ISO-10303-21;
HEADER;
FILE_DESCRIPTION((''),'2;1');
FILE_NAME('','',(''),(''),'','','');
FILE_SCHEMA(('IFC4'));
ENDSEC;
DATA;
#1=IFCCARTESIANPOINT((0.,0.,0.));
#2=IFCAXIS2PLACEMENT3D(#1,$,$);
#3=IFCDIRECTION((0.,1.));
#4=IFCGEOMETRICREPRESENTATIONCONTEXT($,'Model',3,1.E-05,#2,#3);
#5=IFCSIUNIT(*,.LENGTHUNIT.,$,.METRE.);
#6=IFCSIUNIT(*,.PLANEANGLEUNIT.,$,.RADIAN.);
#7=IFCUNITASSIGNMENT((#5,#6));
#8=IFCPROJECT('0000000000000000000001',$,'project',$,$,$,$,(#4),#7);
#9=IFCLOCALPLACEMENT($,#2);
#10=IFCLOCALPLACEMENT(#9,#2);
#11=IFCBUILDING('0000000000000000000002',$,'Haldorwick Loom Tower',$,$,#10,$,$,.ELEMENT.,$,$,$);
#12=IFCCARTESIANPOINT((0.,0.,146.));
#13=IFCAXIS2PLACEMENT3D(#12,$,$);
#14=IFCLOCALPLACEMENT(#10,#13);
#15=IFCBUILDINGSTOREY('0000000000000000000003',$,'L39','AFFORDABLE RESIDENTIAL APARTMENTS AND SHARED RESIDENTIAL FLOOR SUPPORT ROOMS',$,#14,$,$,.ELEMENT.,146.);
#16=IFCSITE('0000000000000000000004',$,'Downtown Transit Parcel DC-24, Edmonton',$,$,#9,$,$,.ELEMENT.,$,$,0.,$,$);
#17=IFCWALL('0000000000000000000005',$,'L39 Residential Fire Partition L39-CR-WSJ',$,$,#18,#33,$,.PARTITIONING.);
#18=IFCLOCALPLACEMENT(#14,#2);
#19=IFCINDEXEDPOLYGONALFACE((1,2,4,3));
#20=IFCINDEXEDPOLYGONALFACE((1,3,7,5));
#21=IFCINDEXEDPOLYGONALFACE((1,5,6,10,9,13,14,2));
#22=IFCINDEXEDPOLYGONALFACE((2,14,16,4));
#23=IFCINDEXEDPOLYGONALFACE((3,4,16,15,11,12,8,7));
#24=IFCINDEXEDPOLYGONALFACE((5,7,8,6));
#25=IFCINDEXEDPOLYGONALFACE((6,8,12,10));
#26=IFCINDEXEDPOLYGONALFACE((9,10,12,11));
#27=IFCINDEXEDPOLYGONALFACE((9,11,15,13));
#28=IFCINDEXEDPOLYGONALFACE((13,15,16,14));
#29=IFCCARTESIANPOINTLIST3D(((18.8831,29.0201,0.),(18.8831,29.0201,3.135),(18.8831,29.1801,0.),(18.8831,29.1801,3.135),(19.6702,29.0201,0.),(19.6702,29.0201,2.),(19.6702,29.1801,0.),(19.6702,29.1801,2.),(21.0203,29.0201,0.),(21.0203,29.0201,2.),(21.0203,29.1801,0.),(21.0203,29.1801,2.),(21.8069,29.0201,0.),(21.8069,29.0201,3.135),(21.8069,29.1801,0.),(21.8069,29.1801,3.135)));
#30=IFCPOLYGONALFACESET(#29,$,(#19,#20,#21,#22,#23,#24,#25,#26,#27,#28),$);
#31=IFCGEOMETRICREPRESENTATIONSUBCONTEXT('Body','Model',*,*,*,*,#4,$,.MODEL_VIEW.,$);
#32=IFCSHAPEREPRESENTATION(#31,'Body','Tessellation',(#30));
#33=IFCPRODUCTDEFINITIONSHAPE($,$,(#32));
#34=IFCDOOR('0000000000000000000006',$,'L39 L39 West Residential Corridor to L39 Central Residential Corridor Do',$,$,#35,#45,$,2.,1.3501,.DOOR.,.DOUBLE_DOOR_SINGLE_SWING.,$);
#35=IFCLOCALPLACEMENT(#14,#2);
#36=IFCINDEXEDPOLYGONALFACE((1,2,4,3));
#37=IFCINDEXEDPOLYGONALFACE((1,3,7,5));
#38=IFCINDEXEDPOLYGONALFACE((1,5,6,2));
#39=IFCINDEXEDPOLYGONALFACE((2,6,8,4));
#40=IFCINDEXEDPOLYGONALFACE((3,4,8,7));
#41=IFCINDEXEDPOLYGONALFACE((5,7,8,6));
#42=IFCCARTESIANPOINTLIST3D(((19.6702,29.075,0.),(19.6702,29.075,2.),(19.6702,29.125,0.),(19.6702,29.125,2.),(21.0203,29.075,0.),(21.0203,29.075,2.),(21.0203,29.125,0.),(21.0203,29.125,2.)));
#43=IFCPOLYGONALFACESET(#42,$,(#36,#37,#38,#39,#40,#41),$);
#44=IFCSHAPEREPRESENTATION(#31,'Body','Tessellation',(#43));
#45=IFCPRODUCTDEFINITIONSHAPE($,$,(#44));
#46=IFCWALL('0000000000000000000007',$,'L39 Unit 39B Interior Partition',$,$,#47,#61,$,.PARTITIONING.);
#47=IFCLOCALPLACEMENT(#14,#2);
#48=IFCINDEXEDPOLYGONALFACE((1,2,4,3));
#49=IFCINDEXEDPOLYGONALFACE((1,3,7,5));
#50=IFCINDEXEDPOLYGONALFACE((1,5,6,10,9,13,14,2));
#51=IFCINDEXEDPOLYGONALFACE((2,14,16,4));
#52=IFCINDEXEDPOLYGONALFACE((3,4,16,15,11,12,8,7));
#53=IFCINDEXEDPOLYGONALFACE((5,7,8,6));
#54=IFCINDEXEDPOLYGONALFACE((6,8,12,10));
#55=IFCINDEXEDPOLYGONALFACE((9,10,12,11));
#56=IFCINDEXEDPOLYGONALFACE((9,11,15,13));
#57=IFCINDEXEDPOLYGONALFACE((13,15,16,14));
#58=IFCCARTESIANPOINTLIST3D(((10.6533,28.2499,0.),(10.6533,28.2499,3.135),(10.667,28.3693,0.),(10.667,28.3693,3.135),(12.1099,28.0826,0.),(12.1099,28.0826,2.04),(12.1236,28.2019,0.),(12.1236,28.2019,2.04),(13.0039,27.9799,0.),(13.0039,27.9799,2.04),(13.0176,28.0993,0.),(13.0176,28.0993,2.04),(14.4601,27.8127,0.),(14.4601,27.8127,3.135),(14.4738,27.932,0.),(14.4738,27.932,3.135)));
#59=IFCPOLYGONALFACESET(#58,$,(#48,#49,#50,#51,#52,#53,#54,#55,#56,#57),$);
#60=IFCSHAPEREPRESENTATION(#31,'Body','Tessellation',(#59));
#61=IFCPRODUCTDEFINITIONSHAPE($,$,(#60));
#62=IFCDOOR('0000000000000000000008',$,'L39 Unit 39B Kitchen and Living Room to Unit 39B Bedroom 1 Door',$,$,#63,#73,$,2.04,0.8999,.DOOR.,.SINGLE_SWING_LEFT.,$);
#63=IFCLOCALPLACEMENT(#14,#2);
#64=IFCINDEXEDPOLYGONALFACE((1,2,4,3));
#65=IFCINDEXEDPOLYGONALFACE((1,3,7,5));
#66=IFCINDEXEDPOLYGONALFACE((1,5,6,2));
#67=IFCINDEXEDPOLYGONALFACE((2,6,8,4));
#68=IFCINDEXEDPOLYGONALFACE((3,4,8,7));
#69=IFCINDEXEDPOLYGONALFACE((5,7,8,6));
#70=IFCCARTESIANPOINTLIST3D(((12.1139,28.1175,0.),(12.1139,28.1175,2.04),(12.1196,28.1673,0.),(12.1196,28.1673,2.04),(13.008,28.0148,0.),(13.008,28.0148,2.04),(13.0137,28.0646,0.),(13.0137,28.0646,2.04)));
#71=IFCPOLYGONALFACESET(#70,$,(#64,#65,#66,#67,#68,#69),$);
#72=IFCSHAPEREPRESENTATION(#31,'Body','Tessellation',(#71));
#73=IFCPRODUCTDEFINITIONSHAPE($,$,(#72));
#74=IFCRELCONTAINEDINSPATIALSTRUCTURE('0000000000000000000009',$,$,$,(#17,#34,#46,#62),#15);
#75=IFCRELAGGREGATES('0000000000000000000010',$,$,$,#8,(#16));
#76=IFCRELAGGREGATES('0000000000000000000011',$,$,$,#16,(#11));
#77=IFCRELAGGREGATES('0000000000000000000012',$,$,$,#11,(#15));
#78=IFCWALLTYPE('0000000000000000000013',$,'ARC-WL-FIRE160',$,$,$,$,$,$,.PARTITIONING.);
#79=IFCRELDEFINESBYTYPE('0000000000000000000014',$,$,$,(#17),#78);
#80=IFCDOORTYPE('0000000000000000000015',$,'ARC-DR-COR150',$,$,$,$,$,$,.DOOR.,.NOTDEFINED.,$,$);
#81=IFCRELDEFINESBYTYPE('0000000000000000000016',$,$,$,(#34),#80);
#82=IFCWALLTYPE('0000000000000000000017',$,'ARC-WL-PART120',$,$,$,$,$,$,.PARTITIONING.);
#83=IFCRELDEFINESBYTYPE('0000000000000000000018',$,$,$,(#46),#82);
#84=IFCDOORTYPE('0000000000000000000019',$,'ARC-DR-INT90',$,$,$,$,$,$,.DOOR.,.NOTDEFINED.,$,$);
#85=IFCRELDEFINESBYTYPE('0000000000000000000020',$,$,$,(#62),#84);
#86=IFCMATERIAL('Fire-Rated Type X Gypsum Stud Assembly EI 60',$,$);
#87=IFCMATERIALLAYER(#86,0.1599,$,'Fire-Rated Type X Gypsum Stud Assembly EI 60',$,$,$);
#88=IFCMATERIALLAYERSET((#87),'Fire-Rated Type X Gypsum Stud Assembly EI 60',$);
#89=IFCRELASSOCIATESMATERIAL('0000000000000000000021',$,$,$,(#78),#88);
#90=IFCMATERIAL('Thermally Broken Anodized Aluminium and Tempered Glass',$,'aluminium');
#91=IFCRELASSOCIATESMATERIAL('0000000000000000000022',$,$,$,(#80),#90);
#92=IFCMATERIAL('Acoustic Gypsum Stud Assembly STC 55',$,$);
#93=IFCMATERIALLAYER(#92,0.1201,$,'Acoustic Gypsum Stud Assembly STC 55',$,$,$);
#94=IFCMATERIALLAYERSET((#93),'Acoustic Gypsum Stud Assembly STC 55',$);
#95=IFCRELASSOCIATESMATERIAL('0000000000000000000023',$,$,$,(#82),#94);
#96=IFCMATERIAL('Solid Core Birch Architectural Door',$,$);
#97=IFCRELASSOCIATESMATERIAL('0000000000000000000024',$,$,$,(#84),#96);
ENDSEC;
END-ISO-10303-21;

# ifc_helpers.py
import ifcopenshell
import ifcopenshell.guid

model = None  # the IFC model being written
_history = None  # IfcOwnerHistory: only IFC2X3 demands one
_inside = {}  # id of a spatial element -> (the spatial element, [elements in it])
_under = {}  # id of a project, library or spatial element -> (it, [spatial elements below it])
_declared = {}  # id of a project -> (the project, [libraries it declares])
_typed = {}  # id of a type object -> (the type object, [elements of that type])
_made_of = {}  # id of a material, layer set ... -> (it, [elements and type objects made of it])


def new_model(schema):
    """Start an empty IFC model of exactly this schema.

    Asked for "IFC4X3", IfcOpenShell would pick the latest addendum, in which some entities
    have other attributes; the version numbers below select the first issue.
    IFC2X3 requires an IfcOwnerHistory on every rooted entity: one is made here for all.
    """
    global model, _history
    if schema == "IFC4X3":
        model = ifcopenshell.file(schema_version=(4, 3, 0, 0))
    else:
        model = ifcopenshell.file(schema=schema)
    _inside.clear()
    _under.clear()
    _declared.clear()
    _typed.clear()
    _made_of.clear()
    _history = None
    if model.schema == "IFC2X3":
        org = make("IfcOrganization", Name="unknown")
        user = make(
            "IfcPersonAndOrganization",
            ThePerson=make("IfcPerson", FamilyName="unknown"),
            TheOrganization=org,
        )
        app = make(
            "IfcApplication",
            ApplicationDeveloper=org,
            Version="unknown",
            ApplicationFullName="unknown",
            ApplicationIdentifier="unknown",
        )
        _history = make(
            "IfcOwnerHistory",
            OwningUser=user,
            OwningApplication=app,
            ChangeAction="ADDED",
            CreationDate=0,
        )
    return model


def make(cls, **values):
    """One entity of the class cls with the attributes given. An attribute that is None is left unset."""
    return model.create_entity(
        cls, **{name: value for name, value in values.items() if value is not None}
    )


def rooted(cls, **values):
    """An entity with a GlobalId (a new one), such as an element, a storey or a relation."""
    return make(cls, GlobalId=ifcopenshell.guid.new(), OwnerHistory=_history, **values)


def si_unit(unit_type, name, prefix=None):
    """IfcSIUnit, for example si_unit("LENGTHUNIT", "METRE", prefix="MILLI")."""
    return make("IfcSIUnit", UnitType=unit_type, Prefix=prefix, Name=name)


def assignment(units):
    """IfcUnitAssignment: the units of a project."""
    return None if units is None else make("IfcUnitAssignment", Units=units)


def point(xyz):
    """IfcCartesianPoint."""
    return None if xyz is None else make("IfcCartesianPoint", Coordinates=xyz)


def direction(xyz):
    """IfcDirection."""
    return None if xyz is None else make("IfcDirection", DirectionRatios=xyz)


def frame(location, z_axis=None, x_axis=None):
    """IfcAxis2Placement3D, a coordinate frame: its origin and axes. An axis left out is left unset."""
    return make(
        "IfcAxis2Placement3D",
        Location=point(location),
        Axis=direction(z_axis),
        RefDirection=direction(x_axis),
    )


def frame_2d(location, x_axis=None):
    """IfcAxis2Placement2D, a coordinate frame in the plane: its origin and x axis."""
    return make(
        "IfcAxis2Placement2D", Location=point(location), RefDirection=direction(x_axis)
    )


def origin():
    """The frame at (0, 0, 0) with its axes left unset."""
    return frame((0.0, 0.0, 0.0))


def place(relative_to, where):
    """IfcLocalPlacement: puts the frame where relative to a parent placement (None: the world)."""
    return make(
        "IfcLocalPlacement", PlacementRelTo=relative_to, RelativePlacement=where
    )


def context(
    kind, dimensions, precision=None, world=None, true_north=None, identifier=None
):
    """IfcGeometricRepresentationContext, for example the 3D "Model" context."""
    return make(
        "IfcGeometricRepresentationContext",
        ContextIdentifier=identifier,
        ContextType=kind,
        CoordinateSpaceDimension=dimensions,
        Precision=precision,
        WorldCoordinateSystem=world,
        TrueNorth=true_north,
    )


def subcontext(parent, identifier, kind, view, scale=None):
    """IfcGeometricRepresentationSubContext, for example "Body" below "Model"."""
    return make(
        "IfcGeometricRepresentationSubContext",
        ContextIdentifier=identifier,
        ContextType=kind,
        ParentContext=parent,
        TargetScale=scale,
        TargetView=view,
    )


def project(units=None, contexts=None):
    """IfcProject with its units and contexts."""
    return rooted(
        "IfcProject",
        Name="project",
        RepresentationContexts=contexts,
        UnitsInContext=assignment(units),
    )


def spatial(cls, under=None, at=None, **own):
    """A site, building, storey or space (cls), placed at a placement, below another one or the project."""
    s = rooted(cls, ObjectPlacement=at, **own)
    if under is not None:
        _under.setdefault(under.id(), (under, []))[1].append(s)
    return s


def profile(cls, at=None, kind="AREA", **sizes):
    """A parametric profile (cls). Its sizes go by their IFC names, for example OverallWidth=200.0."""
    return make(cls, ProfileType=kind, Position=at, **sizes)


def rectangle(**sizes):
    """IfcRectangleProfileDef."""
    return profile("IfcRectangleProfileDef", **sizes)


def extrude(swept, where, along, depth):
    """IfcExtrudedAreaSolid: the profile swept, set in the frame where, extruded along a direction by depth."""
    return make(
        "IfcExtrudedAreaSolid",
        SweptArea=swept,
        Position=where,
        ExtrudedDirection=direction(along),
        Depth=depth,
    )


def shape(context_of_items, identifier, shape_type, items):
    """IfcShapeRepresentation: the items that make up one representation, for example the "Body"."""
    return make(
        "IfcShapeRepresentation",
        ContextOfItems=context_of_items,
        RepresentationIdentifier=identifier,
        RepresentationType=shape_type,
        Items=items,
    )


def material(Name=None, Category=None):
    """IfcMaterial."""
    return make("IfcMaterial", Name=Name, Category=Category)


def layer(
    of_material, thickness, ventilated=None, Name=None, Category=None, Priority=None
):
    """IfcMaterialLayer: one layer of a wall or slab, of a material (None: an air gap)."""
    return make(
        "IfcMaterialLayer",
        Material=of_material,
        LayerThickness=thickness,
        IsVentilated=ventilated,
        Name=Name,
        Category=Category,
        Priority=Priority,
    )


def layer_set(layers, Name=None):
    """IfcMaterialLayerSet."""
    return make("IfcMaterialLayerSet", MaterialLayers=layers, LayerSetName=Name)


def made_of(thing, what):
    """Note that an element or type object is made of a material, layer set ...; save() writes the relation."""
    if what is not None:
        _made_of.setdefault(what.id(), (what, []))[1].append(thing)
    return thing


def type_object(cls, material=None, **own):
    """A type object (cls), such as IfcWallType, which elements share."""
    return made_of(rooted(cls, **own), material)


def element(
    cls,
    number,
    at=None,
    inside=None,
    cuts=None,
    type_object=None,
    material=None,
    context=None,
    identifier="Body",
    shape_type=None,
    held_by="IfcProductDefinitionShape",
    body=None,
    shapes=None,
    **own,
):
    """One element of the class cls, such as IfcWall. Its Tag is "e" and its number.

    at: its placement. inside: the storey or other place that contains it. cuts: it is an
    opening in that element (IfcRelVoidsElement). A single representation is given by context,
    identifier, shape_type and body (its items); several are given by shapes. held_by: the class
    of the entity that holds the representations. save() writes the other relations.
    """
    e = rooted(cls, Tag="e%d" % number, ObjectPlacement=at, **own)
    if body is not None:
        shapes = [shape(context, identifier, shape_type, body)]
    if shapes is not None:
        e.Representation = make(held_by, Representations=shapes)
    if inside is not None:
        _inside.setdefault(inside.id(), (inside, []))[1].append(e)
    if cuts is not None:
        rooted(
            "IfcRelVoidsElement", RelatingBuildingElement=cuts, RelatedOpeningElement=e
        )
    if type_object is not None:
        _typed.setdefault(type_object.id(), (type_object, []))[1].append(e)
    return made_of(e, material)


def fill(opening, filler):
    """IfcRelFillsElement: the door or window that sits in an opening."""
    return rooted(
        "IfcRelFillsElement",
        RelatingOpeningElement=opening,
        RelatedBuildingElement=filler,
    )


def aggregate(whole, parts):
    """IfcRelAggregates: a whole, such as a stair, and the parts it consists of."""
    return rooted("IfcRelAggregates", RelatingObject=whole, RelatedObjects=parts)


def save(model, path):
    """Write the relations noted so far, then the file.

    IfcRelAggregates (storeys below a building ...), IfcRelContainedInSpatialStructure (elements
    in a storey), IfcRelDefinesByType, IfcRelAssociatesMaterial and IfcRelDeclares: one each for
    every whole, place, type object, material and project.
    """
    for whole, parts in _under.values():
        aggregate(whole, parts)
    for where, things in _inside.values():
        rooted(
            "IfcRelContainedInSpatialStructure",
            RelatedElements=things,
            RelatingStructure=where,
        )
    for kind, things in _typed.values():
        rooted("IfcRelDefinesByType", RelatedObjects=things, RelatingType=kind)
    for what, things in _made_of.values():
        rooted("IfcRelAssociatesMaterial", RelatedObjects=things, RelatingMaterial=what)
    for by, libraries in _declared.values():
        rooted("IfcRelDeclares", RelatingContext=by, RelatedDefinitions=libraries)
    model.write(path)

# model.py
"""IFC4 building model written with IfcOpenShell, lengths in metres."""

from ifc_helpers import new_model, si_unit, direction, frame, frame_2d, origin, place, context, subcontext, project, spatial, rectangle, extrude, material, layer, layer_set, type_object, element, fill, save


model = new_model("IFC4")

# Units and contexts
model_context = context("Model", 3, precision=1e-05, world=origin(), true_north=direction((0.0, 1.0)))
body_context = subcontext(model_context, "Body", "Model", "MODEL_VIEW")
ifc_project = project(units=[si_unit("LENGTHUNIT", "METRE"), si_unit("PLANEANGLEUNIT", "RADIAN")], contexts=[model_context])

# Site, building, storey
site_placement = place(None, origin())
site = spatial("IfcSite", under=ifc_project, at=site_placement, Name="Downtown Transit Parcel DC-24, Edmonton", CompositionType="ELEMENT", RefElevation=0.0)
building_placement = place(site_placement, origin())
building = spatial("IfcBuilding", under=site, at=building_placement, Name="Haldorwick Loom Tower", CompositionType="ELEMENT")
storey_placement = place(building_placement, frame((0.0, 0.0, 146.0)))
storey = spatial("IfcBuildingStorey", under=building, at=storey_placement, Name="L39", Description="AFFORDABLE RESIDENTIAL APARTMENTS AND SHARED RESIDENTIAL FLOOR SUPPORT ROOMS", CompositionType="ELEMENT", Elevation=146.0)

# Shared definitions
ifc_material_1 = material(Name="Fire-Rated Type X Gypsum Stud Assembly EI 60")
ifc_layer_1 = layer(ifc_material_1, 0.1599, Name="Fire-Rated Type X Gypsum Stud Assembly EI 60")
ifc_layer_set_1 = layer_set([ifc_layer_1], Name="Fire-Rated Type X Gypsum Stud Assembly EI 60")
wall_type_1 = type_object("IfcWallType", Name="ARC-WL-FIRE160", PredefinedType="PARTITIONING", material=ifc_layer_set_1)
ifc_material_2 = material(Name="Solid Core Birch Architectural Door")

# Walls, openings, doors
wall_1_placement = place(storey_placement, frame((18.8831, 29.1001, 0.0), z_axis=(0.0, 0.0, 1.0), x_axis=(1.0, 0.0, 0.0)))
wall_1 = element("IfcWall", 1, at=wall_1_placement, inside=storey, type_object=wall_type_1, Name="L39 Residential Fire Partition L39-CR-WSJ", PredefinedType="PARTITIONING", context=body_context, shape_type="SweptSolid", body=[
    extrude(rectangle(XDim=2.9238, YDim=0.1599, at=frame_2d((1.4619, 0.0))), origin(), (0.0, 0.0, 1.0), 3.135),
])
opening_1_placement = place(wall_1_placement, frame((0.7871, 0.0, 0.0)))
opening_1 = element("IfcOpeningElement", 2, at=opening_1_placement, cuts=wall_1, PredefinedType="OPENING", context=body_context, shape_type="SweptSolid", body=[
    extrude(rectangle(XDim=1.3501, YDim=2.0, at=frame_2d((0.675, 1.0))), frame((0.0, 0.0898, 0.0), z_axis=(0.0, -1.0, 0.0), x_axis=(1.0, 0.0, 0.0)), (0.0, 0.0, 1.0), 0.1799),
])
ifc_material_3 = material(Name="Thermally Broken Anodized Aluminium and Tempered Glass", Category="aluminium")
door_type_1 = type_object("IfcDoorType", Name="ARC-DR-COR150", OperationType="NOTDEFINED", PredefinedType="DOOR", material=ifc_material_3)
door_1_placement = place(opening_1_placement, origin())
door_1 = element("IfcDoor", 3, at=door_1_placement, inside=storey, type_object=door_type_1, Name="L39 L39 West Residential Corridor to L39 Central Residential Corridor Do", OperationType="DOUBLE_DOOR_SINGLE_SWING", OverallHeight=2.0, OverallWidth=1.3501, PredefinedType="DOOR", context=body_context, shape_type="SweptSolid", body=[
    extrude(rectangle(XDim=1.3501, YDim=2.0, at=frame_2d((0.675, 1.0))), frame((0.0, 0.0249, 0.0), z_axis=(0.0, -1.0, 0.0), x_axis=(1.0, 0.0, 0.0)), (0.0, 0.0, 1.0), 0.05),
])
fill(opening_1, door_1)
ifc_material_4 = material(Name="Acoustic Gypsum Stud Assembly STC 55")
ifc_layer_2 = layer(ifc_material_4, 0.1201, Name="Acoustic Gypsum Stud Assembly STC 55")
ifc_layer_set_2 = layer_set([ifc_layer_2], Name="Acoustic Gypsum Stud Assembly STC 55")
wall_type_2 = type_object("IfcWallType", Name="ARC-WL-PART120", PredefinedType="PARTITIONING", material=ifc_layer_set_2)
wall_2_placement = place(storey_placement, frame((14.467, 27.8723, 0.0), z_axis=(0.0, 0.0, 1.0), x_axis=(-0.993467, 0.114116, 0.0)))
wall_2 = element("IfcWall", 4, at=wall_2_placement, inside=storey, type_object=wall_type_2, Name="L39 Unit 39B Interior Partition", PredefinedType="PARTITIONING", context=body_context, shape_type="SweptSolid", body=[
    extrude(rectangle(XDim=3.8318, YDim=0.1201, at=frame_2d((1.916, 0.0))), origin(), (0.0, 0.0, 1.0), 3.135),
])
opening_2_placement = place(wall_2_placement, frame((1.4658, 0.0, 0.0)))
opening_2 = element("IfcOpeningElement", 5, at=opening_2_placement, cuts=wall_2, PredefinedType="OPENING", context=body_context, shape_type="SweptSolid", body=[
    extrude(rectangle(XDim=0.8999, YDim=2.04, at=frame_2d((0.45, 1.02))), frame((0.0, 0.0701, 0.0), z_axis=(0.0, -1.0, 0.0), x_axis=(1.0, 0.0, 0.0)), (0.0, 0.0, 1.0), 0.1401),
])
door_type_2 = type_object("IfcDoorType", Name="ARC-DR-INT90", OperationType="NOTDEFINED", PredefinedType="DOOR", material=ifc_material_2)
door_2_placement = place(opening_2_placement, origin())
door_2 = element("IfcDoor", 6, at=door_2_placement, inside=storey, type_object=door_type_2, Name="L39 Unit 39B Kitchen and Living Room to Unit 39B Bedroom 1 Door", OperationType="SINGLE_SWING_LEFT", OverallHeight=2.04, OverallWidth=0.8999, PredefinedType="DOOR", context=body_context, shape_type="SweptSolid", body=[
    extrude(rectangle(XDim=0.8999, YDim=2.04, at=frame_2d((0.45, 1.02))), frame((0.0, 0.0249, 0.0), z_axis=(0.0, -1.0, 0.0), x_axis=(1.0, 0.0, 0.0)), (0.0, 0.0, 1.0), 0.05),
])
fill(opening_2, door_2)

save(model, "model.ifc")
